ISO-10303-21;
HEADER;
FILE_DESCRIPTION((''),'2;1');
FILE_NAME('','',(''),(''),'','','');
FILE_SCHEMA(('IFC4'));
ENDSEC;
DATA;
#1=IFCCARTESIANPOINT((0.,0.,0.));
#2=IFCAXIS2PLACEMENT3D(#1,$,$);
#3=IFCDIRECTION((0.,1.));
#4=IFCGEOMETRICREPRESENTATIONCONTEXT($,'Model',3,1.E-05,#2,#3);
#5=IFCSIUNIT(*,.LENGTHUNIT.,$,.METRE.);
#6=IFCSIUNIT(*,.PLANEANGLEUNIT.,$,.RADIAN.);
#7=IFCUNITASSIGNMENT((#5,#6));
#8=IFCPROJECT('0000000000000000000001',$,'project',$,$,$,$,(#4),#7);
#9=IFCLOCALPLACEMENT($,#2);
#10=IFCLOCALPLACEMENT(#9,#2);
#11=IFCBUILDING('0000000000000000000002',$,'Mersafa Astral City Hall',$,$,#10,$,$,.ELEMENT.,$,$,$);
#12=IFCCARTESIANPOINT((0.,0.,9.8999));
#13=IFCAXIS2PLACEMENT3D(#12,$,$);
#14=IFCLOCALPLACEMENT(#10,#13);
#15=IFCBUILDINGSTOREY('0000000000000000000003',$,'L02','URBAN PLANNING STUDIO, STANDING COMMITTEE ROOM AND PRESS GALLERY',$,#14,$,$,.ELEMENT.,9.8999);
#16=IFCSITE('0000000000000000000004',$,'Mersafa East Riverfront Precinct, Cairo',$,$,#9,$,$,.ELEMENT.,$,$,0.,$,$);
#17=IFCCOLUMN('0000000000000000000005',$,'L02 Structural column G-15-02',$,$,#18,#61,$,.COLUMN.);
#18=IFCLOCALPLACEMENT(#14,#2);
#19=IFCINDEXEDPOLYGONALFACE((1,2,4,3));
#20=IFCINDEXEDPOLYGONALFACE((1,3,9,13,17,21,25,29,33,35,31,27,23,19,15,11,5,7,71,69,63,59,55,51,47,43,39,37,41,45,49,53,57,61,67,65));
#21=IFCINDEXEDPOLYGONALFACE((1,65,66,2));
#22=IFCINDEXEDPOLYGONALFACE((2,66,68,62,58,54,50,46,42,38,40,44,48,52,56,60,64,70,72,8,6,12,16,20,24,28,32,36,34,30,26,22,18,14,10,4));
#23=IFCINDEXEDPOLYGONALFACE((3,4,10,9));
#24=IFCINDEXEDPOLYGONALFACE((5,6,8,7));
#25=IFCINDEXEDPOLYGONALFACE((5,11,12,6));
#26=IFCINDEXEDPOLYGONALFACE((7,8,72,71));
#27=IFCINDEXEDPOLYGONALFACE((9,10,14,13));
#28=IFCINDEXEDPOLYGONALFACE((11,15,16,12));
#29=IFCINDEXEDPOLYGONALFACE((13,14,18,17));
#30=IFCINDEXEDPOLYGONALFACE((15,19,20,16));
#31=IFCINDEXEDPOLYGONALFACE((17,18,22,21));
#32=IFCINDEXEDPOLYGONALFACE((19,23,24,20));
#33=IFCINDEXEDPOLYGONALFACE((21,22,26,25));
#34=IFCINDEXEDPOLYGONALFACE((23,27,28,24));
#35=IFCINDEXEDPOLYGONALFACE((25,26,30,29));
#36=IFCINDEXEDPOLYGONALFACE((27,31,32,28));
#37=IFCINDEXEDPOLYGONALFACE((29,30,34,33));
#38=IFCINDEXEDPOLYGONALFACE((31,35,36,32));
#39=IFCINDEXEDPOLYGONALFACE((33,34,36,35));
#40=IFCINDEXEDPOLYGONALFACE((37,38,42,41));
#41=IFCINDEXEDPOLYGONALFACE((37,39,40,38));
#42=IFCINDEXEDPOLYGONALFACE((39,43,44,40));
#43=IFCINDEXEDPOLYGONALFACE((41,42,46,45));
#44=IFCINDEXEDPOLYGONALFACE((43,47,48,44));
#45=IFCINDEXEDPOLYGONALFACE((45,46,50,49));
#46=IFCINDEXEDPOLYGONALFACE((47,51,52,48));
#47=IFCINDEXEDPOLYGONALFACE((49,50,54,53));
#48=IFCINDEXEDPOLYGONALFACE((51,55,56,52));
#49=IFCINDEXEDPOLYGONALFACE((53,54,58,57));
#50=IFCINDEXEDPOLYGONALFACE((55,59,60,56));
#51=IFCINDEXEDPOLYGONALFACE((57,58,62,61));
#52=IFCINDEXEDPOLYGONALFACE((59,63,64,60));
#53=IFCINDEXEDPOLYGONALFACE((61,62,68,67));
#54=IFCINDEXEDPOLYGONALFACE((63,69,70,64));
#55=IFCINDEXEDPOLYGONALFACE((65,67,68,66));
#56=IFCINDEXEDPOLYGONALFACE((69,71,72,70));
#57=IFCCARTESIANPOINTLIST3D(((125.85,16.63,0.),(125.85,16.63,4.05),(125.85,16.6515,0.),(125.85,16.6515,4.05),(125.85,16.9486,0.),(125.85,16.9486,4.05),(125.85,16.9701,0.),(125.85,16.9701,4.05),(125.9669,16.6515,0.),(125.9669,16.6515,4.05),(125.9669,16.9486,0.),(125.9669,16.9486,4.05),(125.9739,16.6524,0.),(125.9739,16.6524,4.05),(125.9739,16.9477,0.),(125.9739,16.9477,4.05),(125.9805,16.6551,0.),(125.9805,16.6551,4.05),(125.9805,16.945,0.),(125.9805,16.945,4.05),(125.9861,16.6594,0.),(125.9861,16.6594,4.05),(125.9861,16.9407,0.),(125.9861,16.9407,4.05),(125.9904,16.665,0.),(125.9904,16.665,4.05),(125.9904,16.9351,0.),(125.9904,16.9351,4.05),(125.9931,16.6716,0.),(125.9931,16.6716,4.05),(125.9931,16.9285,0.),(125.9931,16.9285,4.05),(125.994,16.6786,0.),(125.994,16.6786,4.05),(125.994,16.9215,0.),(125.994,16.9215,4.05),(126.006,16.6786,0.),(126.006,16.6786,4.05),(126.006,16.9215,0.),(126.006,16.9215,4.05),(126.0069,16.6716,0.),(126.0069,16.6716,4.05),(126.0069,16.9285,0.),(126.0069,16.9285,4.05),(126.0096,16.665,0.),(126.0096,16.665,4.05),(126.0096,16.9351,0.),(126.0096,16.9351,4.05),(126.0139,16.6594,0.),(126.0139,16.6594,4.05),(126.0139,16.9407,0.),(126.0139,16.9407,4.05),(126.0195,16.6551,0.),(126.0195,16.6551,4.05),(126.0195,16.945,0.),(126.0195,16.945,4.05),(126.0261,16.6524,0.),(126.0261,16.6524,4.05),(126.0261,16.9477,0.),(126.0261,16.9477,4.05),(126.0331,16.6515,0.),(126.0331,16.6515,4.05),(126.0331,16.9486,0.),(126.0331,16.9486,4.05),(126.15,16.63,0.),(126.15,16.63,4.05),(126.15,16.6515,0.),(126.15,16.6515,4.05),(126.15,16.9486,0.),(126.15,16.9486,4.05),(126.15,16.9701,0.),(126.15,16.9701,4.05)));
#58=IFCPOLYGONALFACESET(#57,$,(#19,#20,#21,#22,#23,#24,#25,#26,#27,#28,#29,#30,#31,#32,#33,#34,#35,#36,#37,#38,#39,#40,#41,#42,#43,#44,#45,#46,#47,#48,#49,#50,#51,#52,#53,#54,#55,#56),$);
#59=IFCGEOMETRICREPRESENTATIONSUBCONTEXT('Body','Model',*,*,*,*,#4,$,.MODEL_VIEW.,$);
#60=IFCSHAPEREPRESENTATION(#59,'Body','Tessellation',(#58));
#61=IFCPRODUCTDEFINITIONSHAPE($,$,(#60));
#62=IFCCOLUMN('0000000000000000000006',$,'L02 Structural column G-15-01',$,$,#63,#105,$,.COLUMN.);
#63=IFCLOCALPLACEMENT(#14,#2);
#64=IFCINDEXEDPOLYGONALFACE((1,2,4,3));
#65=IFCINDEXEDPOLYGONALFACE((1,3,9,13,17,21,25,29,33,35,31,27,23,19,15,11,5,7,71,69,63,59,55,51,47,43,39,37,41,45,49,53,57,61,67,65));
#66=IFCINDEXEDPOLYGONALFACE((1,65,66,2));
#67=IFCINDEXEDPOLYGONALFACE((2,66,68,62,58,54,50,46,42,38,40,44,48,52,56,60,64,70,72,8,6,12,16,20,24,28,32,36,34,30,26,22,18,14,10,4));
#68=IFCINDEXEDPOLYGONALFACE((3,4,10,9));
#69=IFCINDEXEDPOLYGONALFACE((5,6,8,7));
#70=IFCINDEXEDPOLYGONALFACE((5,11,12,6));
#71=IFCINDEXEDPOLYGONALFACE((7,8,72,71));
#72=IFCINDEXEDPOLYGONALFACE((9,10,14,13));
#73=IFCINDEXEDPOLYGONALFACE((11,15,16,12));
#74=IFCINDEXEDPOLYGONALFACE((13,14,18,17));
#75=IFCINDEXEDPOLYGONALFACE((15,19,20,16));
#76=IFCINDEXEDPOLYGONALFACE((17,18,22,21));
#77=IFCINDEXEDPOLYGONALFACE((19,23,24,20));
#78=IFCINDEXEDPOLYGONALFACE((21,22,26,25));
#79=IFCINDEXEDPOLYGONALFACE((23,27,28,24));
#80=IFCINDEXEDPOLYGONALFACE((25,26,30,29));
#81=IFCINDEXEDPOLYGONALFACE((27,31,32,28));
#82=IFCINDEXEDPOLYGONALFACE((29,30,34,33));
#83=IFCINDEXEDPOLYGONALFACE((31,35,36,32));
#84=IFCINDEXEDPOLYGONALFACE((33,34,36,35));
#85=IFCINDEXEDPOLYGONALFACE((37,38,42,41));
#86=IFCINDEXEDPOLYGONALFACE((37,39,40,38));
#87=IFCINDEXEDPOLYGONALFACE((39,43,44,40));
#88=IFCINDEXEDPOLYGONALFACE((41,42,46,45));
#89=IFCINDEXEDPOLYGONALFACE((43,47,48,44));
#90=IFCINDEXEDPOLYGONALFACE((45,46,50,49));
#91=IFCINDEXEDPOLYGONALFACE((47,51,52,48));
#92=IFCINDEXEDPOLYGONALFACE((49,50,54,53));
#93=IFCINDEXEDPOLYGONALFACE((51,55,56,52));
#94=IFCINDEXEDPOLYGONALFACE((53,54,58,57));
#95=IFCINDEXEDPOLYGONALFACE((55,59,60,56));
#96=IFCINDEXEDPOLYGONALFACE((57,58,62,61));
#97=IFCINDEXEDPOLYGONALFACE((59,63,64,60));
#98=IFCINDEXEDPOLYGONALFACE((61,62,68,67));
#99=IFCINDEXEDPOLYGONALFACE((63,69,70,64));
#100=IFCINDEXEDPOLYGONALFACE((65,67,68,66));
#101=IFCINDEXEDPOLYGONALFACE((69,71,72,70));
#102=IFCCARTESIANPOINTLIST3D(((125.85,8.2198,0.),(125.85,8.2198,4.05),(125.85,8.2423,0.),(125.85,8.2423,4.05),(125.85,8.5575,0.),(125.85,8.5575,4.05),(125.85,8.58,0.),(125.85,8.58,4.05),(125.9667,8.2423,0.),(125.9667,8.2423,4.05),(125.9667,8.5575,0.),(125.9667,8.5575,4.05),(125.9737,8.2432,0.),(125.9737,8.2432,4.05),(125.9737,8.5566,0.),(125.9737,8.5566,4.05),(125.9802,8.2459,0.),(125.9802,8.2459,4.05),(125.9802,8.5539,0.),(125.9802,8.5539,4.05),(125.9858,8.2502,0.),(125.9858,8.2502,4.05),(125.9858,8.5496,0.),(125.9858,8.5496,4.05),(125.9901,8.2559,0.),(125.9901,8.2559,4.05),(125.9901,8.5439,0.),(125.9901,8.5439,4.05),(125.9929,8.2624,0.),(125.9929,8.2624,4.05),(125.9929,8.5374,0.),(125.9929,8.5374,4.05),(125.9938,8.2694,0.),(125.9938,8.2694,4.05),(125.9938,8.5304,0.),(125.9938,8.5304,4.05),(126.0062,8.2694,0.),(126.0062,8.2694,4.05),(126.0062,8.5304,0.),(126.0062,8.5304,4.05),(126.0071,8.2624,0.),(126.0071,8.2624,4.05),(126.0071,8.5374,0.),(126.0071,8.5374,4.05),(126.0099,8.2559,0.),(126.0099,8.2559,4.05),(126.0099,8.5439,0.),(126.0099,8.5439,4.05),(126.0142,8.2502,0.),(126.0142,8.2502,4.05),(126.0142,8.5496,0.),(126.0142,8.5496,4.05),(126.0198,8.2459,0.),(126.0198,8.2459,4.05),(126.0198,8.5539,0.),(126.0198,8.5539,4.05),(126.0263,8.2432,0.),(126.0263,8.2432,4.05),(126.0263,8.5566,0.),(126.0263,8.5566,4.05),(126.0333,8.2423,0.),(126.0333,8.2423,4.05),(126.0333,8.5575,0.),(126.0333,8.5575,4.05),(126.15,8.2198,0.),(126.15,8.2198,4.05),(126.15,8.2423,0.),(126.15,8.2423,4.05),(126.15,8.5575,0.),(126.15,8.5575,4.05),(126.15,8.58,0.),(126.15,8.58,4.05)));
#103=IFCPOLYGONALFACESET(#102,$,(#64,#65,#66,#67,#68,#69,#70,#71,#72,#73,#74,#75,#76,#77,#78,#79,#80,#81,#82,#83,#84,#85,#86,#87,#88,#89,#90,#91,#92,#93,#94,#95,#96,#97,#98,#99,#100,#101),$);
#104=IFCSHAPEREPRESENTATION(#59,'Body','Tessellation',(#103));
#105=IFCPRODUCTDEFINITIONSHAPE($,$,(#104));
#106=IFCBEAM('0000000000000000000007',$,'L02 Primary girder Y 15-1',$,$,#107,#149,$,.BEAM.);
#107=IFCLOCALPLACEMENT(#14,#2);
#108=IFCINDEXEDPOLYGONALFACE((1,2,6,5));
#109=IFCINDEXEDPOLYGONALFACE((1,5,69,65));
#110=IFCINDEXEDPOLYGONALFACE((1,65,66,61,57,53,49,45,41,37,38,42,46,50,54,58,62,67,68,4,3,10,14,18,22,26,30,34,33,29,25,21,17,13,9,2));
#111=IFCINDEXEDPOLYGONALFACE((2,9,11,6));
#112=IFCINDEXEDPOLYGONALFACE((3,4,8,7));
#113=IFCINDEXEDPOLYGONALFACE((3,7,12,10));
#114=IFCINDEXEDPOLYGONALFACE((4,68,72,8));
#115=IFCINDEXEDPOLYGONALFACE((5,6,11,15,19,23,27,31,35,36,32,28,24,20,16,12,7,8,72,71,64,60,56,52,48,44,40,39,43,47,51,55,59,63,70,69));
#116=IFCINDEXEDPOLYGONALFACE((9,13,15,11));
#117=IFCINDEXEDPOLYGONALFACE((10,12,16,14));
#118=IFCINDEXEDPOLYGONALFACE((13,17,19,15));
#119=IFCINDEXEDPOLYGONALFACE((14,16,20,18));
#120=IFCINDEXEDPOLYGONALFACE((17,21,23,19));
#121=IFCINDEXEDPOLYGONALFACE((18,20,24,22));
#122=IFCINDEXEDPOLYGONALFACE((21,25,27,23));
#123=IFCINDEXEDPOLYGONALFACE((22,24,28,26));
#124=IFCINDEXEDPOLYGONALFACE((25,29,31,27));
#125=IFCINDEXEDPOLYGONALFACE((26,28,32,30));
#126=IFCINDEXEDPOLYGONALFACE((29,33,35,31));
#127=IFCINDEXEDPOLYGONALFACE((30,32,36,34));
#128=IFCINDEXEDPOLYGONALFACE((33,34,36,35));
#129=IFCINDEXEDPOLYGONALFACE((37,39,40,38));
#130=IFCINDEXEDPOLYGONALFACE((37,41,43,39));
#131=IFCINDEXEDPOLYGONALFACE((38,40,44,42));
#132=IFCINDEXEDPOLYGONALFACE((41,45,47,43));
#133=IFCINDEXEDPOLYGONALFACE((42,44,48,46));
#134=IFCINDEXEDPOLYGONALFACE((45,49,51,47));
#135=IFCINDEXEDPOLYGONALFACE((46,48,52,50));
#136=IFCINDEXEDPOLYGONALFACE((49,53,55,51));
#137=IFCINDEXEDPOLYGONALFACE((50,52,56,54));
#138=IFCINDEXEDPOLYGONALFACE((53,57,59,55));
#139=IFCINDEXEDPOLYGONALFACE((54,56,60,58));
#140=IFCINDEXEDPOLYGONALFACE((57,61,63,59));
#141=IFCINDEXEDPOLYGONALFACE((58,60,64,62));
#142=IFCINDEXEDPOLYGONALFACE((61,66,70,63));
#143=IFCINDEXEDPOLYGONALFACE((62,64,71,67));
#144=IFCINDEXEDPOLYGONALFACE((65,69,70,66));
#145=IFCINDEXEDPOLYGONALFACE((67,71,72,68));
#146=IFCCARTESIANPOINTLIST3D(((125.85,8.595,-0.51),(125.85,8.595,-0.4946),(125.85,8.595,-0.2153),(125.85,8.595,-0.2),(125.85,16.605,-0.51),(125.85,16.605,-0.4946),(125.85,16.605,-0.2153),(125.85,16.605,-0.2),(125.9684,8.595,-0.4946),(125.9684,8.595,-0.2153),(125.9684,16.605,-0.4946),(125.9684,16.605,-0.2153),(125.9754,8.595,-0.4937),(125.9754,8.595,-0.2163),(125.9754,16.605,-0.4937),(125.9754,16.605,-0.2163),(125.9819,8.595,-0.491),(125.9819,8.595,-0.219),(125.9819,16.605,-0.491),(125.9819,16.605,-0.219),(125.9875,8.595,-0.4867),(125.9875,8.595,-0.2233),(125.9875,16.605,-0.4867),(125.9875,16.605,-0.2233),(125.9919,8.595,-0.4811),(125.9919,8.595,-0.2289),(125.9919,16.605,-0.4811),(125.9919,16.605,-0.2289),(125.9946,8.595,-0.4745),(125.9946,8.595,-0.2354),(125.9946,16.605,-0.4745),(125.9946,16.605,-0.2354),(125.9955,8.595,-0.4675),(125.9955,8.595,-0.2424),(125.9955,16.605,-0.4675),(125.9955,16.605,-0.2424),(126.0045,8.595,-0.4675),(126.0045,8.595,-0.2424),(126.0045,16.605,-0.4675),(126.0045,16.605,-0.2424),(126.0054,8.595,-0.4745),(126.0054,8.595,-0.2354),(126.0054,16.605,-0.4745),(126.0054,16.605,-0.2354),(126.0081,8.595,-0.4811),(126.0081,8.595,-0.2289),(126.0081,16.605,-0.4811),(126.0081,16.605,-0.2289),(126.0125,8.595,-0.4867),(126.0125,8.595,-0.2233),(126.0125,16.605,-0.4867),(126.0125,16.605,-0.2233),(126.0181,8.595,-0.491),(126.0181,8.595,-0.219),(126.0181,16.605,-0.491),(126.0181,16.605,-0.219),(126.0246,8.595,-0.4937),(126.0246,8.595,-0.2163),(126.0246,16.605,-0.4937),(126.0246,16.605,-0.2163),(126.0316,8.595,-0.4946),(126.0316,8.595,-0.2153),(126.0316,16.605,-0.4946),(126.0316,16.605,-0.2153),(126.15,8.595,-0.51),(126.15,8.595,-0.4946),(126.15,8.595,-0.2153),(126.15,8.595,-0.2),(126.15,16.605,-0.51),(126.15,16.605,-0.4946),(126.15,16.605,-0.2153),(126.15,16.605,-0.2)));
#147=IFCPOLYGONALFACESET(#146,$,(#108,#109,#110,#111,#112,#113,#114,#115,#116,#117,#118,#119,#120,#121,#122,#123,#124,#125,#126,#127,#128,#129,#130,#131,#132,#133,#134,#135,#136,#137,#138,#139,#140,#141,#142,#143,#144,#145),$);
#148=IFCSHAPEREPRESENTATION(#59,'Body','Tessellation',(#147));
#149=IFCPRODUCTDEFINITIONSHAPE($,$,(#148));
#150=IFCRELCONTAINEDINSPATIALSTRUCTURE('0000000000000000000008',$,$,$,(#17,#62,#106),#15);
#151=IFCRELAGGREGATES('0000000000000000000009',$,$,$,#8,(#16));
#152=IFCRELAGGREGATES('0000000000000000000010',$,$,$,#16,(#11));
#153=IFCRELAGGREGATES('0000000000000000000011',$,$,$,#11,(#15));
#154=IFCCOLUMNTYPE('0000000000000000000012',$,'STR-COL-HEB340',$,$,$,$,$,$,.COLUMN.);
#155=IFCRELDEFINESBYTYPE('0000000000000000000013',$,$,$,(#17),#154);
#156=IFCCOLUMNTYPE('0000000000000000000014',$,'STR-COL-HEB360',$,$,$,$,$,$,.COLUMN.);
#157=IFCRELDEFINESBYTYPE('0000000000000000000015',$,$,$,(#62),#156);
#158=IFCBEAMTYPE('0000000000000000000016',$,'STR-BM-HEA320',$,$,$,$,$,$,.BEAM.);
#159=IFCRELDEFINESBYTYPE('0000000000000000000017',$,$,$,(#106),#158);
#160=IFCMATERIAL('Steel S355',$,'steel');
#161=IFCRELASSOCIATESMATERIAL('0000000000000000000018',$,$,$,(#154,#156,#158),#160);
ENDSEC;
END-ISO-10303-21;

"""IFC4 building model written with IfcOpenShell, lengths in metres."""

from ifc_helpers import new_model, si_unit, direction, frame, origin, origin_2d, place, context, subcontext, project, spatial, i_section, extrude, material, material_profile, profile_set, type_object, element, save


model = new_model("IFC4")

# Units and contexts
model_context = context("Model", 3, precision=1e-05, world=origin(), true_north=direction((0.0, 1.0)))
body_context = subcontext(model_context, "Body", "Model", "MODEL_VIEW")
ifc_project = project(units=[si_unit("LENGTHUNIT", "METRE"), si_unit("PLANEANGLEUNIT", "RADIAN")], contexts=[model_context])

# Site, building, storey
site_placement = place(None, origin())
site = spatial("IfcSite", under=ifc_project, at=site_placement, Name="Mersafa East Riverfront Precinct, Cairo", CompositionType="ELEMENT", RefElevation=0.0)
building_placement = place(site_placement, origin())
building = spatial("IfcBuilding", under=site, at=building_placement, Name="Mersafa Astral City Hall", CompositionType="ELEMENT")
storey_placement = place(building_placement, frame((0.0, 0.0, 9.8999)))
storey = spatial("IfcBuildingStorey", under=building, at=storey_placement, Name="L02", Description="URBAN PLANNING STUDIO, STANDING COMMITTEE ROOM AND PRESS GALLERY", CompositionType="ELEMENT", Elevation=9.8999)

# Columns
ifc_material_1 = material(Name="Steel S355", Category="steel")
ifc_material_profile_1 = material_profile(ifc_material_1, i_section(OverallWidth=0.3, OverallDepth=0.3401, WebThickness=0.012, FlangeThickness=0.0215, FilletRadius=0.0271, at=origin_2d()), Name="HEB 340")
ifc_profile_set_1 = profile_set([ifc_material_profile_1], Name="Steel S355")
column_type_1 = type_object("IfcColumnType", Name="STR-COL-HEB340", PredefinedType="COLUMN", material=ifc_profile_set_1)
column_1_placement = place(storey_placement, frame((126.0, 16.8, 0.0), z_axis=(0.0, 0.0, 1.0), x_axis=(1.0, 0.0, 0.0)))
element("IfcColumn", 1, at=column_1_placement, inside=storey, type_object=column_type_1, Name="L02 Structural column G-15-02", PredefinedType="COLUMN", context=body_context, shape_type="SweptSolid", body=[
    extrude(i_section(OverallWidth=0.3, OverallDepth=0.3401, WebThickness=0.012, FlangeThickness=0.0215, FilletRadius=0.0271, at=origin_2d()), origin(), (0.0, 0.0, 1.0), 4.05),
])
ifc_material_profile_2 = material_profile(ifc_material_1, i_section(OverallWidth=0.3, OverallDepth=0.3601, WebThickness=0.0125, FlangeThickness=0.0225, FilletRadius=0.0271, at=origin_2d()), Name="HEB 360")
ifc_profile_set_2 = profile_set([ifc_material_profile_2], Name="Steel S355")
column_type_2 = type_object("IfcColumnType", Name="STR-COL-HEB360", PredefinedType="COLUMN", material=ifc_profile_set_2)
column_2_placement = place(storey_placement, frame((126.0, 8.3999, 0.0), z_axis=(0.0, 0.0, 1.0), x_axis=(1.0, 0.0, 0.0)))
element("IfcColumn", 2, at=column_2_placement, inside=storey, type_object=column_type_2, Name="L02 Structural column G-15-01", PredefinedType="COLUMN", context=body_context, shape_type="SweptSolid", body=[
    extrude(i_section(OverallWidth=0.3, OverallDepth=0.3601, WebThickness=0.0125, FlangeThickness=0.0225, FilletRadius=0.0271, at=origin_2d()), origin(), (0.0, 0.0, 1.0), 4.05),
])

# Beam
ifc_material_profile_3 = material_profile(ifc_material_1, i_section(OverallWidth=0.3, OverallDepth=0.3101, WebThickness=0.009, FlangeThickness=0.0154, FilletRadius=0.0271, at=origin_2d()), Name="HEA 320")
ifc_profile_set_3 = profile_set([ifc_material_profile_3], Name="Steel S355")
beam_type_1 = type_object("IfcBeamType", Name="STR-BM-HEA320", PredefinedType="BEAM", material=ifc_profile_set_3)
beam_1_placement = place(storey_placement, frame((126.0, 8.595, -0.355), z_axis=(0.0, 1.0, 0.0), x_axis=(-1.0, 0.0, 0.0)))
element("IfcBeam", 3, at=beam_1_placement, inside=storey, type_object=beam_type_1, Name="L02 Primary girder Y 15-1", PredefinedType="BEAM", context=body_context, shape_type="SweptSolid", body=[
    extrude(i_section(OverallWidth=0.3, OverallDepth=0.3101, WebThickness=0.009, FlangeThickness=0.0154, FilletRadius=0.0271, at=origin_2d()), origin(), (0.0, 0.0, 1.0), 8.01),
])

save(model, "model.ifc")
